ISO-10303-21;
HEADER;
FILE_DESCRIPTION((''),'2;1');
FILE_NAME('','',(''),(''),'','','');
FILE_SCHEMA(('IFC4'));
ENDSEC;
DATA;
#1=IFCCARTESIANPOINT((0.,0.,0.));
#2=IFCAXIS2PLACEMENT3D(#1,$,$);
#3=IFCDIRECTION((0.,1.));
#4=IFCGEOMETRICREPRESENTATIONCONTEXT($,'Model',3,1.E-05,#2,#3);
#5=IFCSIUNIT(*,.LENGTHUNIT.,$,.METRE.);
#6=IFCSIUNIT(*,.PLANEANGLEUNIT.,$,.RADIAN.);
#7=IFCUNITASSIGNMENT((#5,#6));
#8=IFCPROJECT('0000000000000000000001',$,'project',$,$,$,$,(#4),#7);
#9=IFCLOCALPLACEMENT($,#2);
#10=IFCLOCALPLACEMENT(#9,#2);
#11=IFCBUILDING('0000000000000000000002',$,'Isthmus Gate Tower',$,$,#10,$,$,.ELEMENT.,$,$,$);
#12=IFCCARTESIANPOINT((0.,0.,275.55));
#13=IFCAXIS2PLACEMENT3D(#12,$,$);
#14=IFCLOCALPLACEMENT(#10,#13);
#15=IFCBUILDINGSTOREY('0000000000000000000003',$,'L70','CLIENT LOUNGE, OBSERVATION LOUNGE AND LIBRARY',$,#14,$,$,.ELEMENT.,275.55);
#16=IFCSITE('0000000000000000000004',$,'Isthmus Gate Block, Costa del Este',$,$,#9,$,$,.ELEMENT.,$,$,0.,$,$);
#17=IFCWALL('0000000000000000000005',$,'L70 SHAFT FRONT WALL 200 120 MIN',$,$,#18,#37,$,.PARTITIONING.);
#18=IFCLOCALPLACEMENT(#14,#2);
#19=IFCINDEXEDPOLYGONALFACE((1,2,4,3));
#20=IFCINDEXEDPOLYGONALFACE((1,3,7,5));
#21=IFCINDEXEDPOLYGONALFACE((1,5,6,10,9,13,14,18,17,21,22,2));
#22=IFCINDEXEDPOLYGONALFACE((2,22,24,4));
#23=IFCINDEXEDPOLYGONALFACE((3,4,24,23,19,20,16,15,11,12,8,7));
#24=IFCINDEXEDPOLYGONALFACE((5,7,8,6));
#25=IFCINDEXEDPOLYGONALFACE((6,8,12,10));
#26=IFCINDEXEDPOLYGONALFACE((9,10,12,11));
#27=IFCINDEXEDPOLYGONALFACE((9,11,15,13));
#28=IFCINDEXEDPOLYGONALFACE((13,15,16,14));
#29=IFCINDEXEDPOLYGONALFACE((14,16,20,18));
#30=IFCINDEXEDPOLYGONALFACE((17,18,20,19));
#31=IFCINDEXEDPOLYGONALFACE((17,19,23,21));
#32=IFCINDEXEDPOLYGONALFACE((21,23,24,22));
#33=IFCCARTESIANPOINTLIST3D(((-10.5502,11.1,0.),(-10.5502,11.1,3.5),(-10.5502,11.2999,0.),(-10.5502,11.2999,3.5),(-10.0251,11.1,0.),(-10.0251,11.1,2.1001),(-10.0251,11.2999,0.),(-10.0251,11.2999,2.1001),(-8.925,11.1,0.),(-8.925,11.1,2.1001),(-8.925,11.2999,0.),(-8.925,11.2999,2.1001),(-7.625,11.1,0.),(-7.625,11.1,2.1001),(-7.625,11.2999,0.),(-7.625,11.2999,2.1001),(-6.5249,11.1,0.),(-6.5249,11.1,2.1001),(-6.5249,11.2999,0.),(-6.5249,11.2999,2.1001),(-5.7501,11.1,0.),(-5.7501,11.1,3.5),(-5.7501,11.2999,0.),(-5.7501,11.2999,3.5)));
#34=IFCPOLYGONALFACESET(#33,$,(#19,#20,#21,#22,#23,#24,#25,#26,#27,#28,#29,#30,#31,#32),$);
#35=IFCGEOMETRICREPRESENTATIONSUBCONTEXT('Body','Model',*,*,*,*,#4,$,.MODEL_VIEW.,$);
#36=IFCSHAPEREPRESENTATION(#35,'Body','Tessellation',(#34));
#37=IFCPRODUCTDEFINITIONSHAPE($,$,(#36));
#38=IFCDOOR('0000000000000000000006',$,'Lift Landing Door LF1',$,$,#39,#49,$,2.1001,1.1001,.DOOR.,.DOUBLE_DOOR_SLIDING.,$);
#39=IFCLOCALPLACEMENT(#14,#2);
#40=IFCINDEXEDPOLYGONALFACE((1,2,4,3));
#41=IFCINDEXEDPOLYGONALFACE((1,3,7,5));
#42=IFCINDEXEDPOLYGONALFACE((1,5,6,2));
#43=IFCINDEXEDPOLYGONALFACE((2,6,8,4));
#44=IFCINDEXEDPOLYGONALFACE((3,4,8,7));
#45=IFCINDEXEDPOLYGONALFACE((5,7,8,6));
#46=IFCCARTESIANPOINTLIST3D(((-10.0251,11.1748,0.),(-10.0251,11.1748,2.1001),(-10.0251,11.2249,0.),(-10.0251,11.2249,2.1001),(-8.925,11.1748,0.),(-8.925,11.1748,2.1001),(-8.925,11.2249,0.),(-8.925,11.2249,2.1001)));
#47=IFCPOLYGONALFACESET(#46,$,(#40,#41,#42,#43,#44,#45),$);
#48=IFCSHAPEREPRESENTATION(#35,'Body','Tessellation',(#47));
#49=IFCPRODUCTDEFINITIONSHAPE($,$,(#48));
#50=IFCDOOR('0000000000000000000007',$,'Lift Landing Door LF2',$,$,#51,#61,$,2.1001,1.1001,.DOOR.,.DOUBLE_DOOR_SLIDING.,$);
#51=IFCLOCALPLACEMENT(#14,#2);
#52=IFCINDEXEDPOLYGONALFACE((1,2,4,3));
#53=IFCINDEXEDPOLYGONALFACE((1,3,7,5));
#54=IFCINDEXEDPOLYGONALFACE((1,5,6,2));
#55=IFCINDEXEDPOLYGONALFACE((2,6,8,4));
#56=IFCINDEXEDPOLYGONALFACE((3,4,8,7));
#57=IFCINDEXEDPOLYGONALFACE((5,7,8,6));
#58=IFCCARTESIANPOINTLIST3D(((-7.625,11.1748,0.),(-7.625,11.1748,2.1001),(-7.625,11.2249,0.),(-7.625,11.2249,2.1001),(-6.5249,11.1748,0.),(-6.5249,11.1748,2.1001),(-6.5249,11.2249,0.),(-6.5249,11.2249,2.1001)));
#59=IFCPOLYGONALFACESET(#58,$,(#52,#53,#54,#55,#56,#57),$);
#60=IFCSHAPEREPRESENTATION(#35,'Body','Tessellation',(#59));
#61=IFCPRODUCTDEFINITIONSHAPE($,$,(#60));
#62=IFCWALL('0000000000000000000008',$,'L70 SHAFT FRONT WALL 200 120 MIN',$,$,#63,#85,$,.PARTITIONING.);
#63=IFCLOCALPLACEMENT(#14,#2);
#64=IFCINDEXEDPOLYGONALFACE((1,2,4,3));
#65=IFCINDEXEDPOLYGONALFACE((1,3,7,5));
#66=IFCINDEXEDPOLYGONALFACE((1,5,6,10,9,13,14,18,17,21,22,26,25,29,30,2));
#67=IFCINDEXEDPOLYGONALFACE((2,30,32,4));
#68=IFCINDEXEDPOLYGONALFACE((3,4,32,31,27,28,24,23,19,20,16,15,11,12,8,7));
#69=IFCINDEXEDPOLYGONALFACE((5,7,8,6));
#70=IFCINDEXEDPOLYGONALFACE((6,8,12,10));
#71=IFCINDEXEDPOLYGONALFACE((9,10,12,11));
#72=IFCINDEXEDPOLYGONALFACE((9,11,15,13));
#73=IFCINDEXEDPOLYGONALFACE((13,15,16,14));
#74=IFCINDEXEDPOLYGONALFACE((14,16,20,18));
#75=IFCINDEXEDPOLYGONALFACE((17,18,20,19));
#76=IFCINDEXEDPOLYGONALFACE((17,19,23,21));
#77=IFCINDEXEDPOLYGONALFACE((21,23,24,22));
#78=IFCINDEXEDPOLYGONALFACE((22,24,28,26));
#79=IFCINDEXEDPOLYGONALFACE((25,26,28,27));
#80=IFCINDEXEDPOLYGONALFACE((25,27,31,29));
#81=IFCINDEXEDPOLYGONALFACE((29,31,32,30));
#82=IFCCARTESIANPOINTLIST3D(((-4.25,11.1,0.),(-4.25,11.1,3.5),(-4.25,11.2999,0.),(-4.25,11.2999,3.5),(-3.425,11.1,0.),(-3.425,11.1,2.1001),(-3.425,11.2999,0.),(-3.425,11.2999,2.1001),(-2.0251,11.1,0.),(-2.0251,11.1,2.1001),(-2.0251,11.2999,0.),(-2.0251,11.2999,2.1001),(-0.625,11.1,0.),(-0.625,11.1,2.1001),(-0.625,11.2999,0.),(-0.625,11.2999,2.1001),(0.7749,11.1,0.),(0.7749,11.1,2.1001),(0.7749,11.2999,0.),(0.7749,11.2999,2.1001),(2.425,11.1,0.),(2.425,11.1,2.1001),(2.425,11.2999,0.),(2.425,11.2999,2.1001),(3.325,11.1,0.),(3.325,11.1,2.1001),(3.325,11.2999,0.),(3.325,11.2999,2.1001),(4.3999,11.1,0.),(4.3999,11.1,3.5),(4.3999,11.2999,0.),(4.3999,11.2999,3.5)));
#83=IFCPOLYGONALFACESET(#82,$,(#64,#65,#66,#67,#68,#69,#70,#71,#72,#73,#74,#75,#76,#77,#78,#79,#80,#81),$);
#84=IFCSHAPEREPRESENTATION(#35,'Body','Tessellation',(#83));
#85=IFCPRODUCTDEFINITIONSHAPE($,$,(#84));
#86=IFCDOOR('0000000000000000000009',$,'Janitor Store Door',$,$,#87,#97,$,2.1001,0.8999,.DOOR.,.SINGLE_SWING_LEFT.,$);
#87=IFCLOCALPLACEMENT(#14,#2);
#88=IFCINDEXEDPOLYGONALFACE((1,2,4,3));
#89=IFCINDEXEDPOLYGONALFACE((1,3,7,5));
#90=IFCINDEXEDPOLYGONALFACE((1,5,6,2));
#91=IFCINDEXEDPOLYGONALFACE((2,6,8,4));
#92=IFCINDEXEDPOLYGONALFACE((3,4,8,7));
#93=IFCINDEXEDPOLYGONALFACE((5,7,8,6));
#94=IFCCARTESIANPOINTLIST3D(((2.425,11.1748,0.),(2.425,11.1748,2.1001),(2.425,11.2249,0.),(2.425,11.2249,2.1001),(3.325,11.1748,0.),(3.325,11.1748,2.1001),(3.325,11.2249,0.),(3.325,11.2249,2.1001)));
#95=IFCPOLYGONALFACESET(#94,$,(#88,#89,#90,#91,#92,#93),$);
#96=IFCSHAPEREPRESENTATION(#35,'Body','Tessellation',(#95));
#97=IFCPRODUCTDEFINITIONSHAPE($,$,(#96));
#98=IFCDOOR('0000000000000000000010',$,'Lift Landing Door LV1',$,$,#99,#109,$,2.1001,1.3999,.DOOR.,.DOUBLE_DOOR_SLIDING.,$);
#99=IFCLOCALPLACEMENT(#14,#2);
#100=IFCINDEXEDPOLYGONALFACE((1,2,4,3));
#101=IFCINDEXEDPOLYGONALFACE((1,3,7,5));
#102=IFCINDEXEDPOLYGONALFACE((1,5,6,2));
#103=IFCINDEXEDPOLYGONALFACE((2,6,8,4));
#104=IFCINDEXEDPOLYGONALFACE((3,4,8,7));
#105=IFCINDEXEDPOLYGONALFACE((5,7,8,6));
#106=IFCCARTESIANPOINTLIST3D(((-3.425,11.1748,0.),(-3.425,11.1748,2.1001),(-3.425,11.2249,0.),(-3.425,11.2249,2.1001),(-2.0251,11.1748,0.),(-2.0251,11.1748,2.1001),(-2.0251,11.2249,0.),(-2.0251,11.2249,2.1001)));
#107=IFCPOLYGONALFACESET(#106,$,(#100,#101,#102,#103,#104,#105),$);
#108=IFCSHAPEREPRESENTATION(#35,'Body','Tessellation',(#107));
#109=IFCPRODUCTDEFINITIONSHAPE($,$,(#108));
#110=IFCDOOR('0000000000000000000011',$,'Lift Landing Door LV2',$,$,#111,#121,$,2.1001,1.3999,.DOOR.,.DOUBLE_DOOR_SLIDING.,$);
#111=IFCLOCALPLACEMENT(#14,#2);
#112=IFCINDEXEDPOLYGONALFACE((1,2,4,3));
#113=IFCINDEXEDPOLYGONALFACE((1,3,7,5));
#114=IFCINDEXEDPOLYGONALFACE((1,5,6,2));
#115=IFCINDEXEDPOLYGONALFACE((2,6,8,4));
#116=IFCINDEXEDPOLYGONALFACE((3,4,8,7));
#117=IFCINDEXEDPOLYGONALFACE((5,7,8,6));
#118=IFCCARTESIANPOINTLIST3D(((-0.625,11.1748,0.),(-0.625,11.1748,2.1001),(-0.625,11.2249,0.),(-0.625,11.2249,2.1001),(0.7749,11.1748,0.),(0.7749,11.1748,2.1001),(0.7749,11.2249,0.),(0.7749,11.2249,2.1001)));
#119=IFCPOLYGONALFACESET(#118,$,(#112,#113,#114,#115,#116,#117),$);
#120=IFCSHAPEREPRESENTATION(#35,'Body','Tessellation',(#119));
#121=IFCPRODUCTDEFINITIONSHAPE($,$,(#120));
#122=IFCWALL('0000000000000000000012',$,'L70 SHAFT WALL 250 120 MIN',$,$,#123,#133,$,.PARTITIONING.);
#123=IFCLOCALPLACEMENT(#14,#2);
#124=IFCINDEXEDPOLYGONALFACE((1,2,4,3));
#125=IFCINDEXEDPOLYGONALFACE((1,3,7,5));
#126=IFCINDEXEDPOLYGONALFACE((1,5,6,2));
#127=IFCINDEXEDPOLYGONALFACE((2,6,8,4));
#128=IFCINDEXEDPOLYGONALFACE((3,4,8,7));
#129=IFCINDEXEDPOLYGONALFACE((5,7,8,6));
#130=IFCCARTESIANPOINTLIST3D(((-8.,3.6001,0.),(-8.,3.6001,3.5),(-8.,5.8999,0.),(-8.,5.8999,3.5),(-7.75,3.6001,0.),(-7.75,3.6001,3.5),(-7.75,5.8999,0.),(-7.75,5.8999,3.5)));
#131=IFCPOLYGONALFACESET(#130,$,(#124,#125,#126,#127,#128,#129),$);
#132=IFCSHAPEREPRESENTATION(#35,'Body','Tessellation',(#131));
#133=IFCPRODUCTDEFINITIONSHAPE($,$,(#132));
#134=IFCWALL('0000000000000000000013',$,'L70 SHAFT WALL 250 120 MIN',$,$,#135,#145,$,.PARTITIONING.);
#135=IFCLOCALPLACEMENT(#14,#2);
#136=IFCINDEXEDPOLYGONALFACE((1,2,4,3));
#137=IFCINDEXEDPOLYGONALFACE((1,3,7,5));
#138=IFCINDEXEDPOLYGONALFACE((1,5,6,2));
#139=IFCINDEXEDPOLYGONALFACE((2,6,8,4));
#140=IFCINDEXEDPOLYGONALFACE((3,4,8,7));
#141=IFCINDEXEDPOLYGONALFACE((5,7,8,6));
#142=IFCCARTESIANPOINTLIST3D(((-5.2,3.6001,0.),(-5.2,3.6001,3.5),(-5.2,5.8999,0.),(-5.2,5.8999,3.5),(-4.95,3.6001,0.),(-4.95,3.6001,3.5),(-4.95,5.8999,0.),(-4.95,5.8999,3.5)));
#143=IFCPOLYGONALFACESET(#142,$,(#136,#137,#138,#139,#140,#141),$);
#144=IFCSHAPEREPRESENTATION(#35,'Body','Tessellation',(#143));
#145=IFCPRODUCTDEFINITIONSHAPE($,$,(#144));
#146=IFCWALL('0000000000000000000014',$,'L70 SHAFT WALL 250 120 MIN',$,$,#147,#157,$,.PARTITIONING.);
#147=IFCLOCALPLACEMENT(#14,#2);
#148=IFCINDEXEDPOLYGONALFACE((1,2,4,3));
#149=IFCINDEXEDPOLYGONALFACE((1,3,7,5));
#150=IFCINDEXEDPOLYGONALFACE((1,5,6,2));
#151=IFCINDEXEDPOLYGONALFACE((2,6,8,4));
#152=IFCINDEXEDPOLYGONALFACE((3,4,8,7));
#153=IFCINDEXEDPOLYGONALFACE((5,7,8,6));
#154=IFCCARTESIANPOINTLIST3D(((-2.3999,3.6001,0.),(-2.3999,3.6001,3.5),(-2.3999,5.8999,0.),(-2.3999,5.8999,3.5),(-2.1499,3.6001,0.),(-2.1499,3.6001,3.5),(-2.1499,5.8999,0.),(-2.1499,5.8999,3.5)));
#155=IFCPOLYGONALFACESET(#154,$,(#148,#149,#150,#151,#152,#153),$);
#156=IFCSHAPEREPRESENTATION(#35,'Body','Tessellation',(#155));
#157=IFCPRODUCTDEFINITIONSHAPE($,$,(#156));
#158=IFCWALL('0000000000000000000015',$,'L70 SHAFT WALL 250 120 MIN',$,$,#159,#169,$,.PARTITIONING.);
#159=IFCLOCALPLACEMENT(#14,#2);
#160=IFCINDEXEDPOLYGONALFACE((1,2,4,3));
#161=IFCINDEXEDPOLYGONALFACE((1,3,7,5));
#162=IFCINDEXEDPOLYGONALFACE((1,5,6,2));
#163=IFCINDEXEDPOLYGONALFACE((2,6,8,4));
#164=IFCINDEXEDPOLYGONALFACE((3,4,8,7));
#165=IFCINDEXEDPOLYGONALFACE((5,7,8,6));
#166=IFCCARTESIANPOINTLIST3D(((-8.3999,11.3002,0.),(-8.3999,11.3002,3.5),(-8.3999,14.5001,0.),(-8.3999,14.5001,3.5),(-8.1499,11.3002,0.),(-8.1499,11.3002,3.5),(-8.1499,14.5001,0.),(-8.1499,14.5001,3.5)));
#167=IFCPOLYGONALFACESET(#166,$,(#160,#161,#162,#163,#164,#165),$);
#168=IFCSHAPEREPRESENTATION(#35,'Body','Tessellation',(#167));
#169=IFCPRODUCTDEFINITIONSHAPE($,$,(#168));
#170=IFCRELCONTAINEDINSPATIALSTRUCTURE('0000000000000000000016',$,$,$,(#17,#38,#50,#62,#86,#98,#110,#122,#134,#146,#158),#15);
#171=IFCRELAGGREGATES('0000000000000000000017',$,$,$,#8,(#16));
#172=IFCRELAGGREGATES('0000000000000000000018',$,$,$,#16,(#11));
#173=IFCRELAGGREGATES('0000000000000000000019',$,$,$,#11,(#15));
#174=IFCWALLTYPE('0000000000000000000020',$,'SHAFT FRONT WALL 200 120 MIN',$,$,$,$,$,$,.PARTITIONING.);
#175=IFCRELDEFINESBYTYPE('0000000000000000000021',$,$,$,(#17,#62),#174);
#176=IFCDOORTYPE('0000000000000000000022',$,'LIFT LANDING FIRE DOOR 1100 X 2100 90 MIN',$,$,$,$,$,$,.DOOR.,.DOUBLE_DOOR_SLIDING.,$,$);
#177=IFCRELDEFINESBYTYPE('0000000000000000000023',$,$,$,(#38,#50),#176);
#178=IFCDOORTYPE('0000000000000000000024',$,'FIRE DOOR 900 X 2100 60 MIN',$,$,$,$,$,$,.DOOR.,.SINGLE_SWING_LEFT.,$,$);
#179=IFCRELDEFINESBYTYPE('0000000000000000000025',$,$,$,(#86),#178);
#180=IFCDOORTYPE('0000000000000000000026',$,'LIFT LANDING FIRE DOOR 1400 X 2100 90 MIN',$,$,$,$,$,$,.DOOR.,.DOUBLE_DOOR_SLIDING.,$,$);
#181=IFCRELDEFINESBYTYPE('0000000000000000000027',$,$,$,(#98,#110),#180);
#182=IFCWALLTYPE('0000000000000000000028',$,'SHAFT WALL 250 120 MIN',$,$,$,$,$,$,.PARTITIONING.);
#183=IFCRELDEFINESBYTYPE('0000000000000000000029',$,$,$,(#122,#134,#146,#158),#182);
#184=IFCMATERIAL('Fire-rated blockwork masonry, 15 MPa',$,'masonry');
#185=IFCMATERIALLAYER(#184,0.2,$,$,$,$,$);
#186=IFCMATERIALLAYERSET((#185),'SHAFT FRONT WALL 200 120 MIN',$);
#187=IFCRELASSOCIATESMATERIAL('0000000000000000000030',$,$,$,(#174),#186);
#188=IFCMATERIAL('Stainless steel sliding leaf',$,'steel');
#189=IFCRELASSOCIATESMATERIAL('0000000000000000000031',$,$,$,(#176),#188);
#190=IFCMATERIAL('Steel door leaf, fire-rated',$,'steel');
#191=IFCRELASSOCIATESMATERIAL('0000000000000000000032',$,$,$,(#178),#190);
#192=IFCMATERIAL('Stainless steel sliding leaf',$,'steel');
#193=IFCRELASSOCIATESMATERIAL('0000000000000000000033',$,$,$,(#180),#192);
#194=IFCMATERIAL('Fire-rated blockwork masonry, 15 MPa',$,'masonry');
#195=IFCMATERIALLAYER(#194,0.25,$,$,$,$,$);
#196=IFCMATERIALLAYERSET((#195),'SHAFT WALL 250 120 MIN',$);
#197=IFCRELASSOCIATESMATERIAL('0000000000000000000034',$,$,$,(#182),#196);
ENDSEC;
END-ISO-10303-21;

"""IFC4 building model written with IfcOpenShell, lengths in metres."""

from ifc_helpers import new_model, si_unit, direction, frame, frame_2d, origin, place, context, subcontext, project, spatial, rectangle, extrude, material, layer, layer_set, type_object, element, fill, save


model = new_model("IFC4")

# Units and contexts
model_context = context("Model", 3, precision=1e-05, world=origin(), true_north=direction((0.0, 1.0)))
body_context = subcontext(model_context, "Body", "Model", "MODEL_VIEW")
ifc_project = project(units=[si_unit("LENGTHUNIT", "METRE"), si_unit("PLANEANGLEUNIT", "RADIAN")], contexts=[model_context])

# Site, building, storey
site_placement = place(None, origin())
site = spatial("IfcSite", under=ifc_project, at=site_placement, Name="Isthmus Gate Block, Costa del Este", CompositionType="ELEMENT", RefElevation=0.0)
building_placement = place(site_placement, origin())
building = spatial("IfcBuilding", under=site, at=building_placement, Name="Isthmus Gate Tower", CompositionType="ELEMENT")
storey_placement = place(building_placement, frame((0.0, 0.0, 275.55)))
storey = spatial("IfcBuildingStorey", under=building, at=storey_placement, Name="L70", Description="CLIENT LOUNGE, OBSERVATION LOUNGE AND LIBRARY", CompositionType="ELEMENT", Elevation=275.55)

# Walls, openings, doors
ifc_material_1 = material(Name="Fire-rated blockwork masonry, 15 MPa", Category="masonry")
ifc_layer_1 = layer(ifc_material_1, 0.2)
ifc_layer_set_1 = layer_set([ifc_layer_1], Name="SHAFT FRONT WALL 200 120 MIN")
wall_type_1 = type_object("IfcWallType", Name="SHAFT FRONT WALL 200 120 MIN", PredefinedType="PARTITIONING", material=ifc_layer_set_1)
wall_1_placement = place(storey_placement, frame((-10.55, 11.2, 0.0), z_axis=(0.0, 0.0, 1.0), x_axis=(1.0, 0.0, 0.0)))
wall_1 = element("IfcWall", 1, at=wall_1_placement, inside=storey, type_object=wall_type_1, Name="L70 SHAFT FRONT WALL 200 120 MIN", PredefinedType="PARTITIONING", context=body_context, shape_type="SweptSolid", body=[
    extrude(rectangle(XDim=4.8, YDim=0.2, at=frame_2d((2.3999, 0.0))), origin(), (0.0, 0.0, 1.0), 3.5),
])
opening_1_placement = place(wall_1_placement, frame((0.5249, 0.0, 0.0)))
opening_1 = element("IfcOpeningElement", 2, at=opening_1_placement, cuts=wall_1, PredefinedType="OPENING", context=body_context, shape_type="SweptSolid", body=[
    extrude(rectangle(XDim=1.1001, YDim=2.1001, at=frame_2d((0.55, 1.05))), frame((0.0, 0.1099, 0.0), z_axis=(0.0, -1.0, 0.0), x_axis=(1.0, 0.0, 0.0)), (0.0, 0.0, 1.0), 0.22),
])
opening_2_placement = place(wall_1_placement, frame((2.925, 0.0, 0.0)))
opening_2 = element("IfcOpeningElement", 3, at=opening_2_placement, cuts=wall_1, PredefinedType="OPENING", context=body_context, shape_type="SweptSolid", body=[
    extrude(rectangle(XDim=1.1001, YDim=2.1001, at=frame_2d((0.55, 1.05))), frame((0.0, 0.1099, 0.0), z_axis=(0.0, -1.0, 0.0), x_axis=(1.0, 0.0, 0.0)), (0.0, 0.0, 1.0), 0.22),
])
ifc_material_2 = material(Name="Stainless steel sliding leaf", Category="steel")
door_type_1 = type_object("IfcDoorType", Name="LIFT LANDING FIRE DOOR 1100 X 2100 90 MIN", OperationType="DOUBLE_DOOR_SLIDING", PredefinedType="DOOR", material=ifc_material_2)
door_1_placement = place(opening_1_placement, origin())
door_1 = element("IfcDoor", 4, at=door_1_placement, inside=storey, type_object=door_type_1, Name="Lift Landing Door LF1", OperationType="DOUBLE_DOOR_SLIDING", OverallHeight=2.1001, OverallWidth=1.1001, PredefinedType="DOOR", context=body_context, shape_type="SweptSolid", body=[
    extrude(rectangle(XDim=1.1001, YDim=2.1001, at=frame_2d((0.55, 1.05))), frame((0.0, 0.0249, 0.0), z_axis=(0.0, -1.0, 0.0), x_axis=(1.0, 0.0, 0.0)), (0.0, 0.0, 1.0), 0.05),
])
fill(opening_1, door_1)
door_2_placement = place(opening_2_placement, origin())
door_2 = element("IfcDoor", 5, at=door_2_placement, inside=storey, type_object=door_type_1, Name="Lift Landing Door LF2", OperationType="DOUBLE_DOOR_SLIDING", OverallHeight=2.1001, OverallWidth=1.1001, PredefinedType="DOOR", context=body_context, shape_type="SweptSolid", body=[
    extrude(rectangle(XDim=1.1001, YDim=2.1001, at=frame_2d((0.55, 1.05))), frame((0.0, 0.0249, 0.0), z_axis=(0.0, -1.0, 0.0), x_axis=(1.0, 0.0, 0.0)), (0.0, 0.0, 1.0), 0.05),
])
fill(opening_2, door_2)
wall_2_placement = place(storey_placement, frame((-4.25, 11.2, 0.0), z_axis=(0.0, 0.0, 1.0), x_axis=(1.0, 0.0, 0.0)))
wall_2 = element("IfcWall", 6, at=wall_2_placement, inside=storey, type_object=wall_type_1, Name="L70 SHAFT FRONT WALL 200 120 MIN", PredefinedType="PARTITIONING", context=body_context, shape_type="SweptSolid", body=[
    extrude(rectangle(XDim=8.6499, YDim=0.2, at=frame_2d((4.325, 0.0))), origin(), (0.0, 0.0, 1.0), 3.5),
])
opening_3_placement = place(wall_2_placement, frame((0.825, 0.0, 0.0)))
opening_3 = element("IfcOpeningElement", 7, at=opening_3_placement, cuts=wall_2, PredefinedType="OPENING", context=body_context, shape_type="SweptSolid", body=[
    extrude(rectangle(XDim=1.3999, YDim=2.1001, at=frame_2d((0.7, 1.05))), frame((0.0, 0.1099, 0.0), z_axis=(0.0, -1.0, 0.0), x_axis=(1.0, 0.0, 0.0)), (0.0, 0.0, 1.0), 0.22),
])
opening_4_placement = place(wall_2_placement, frame((3.625, 0.0, 0.0)))
opening_4 = element("IfcOpeningElement", 8, at=opening_4_placement, cuts=wall_2, PredefinedType="OPENING", context=body_context, shape_type="SweptSolid", body=[
    extrude(rectangle(XDim=1.3999, YDim=2.1001, at=frame_2d((0.7, 1.05))), frame((0.0, 0.1099, 0.0), z_axis=(0.0, -1.0, 0.0), x_axis=(1.0, 0.0, 0.0)), (0.0, 0.0, 1.0), 0.22),
])
opening_5_placement = place(wall_2_placement, frame((6.675, 0.0, 0.0)))
opening_5 = element("IfcOpeningElement", 9, at=opening_5_placement, cuts=wall_2, PredefinedType="OPENING", context=body_context, shape_type="SweptSolid", body=[
    extrude(rectangle(XDim=0.8999, YDim=2.1001, at=frame_2d((0.45, 1.05))), frame((0.0, 0.1099, 0.0), z_axis=(0.0, -1.0, 0.0), x_axis=(1.0, 0.0, 0.0)), (0.0, 0.0, 1.0), 0.22),
])
ifc_material_3 = material(Name="Steel door leaf, fire-rated", Category="steel")
door_type_2 = type_object("IfcDoorType", Name="FIRE DOOR 900 X 2100 60 MIN", OperationType="SINGLE_SWING_LEFT", PredefinedType="DOOR", material=ifc_material_3)
door_3_placement = place(opening_5_placement, origin())
door_3 = element("IfcDoor", 10, at=door_3_placement, inside=storey, type_object=door_type_2, Name="Janitor Store Door", OperationType="SINGLE_SWING_LEFT", OverallHeight=2.1001, OverallWidth=0.8999, PredefinedType="DOOR", context=body_context, shape_type="SweptSolid", body=[
    extrude(rectangle(XDim=0.8999, YDim=2.1001, at=frame_2d((0.45, 1.05))), frame((0.0, 0.0249, 0.0), z_axis=(0.0, -1.0, 0.0), x_axis=(1.0, 0.0, 0.0)), (0.0, 0.0, 1.0), 0.05),
])
fill(opening_5, door_3)
ifc_material_4 = material(Name="Stainless steel sliding leaf", Category="steel")
door_type_3 = type_object("IfcDoorType", Name="LIFT LANDING FIRE DOOR 1400 X 2100 90 MIN", OperationType="DOUBLE_DOOR_SLIDING", PredefinedType="DOOR", material=ifc_material_4)
door_4_placement = place(opening_3_placement, origin())
door_4 = element("IfcDoor", 11, at=door_4_placement, inside=storey, type_object=door_type_3, Name="Lift Landing Door LV1", OperationType="DOUBLE_DOOR_SLIDING", OverallHeight=2.1001, OverallWidth=1.3999, PredefinedType="DOOR", context=body_context, shape_type="SweptSolid", body=[
    extrude(rectangle(XDim=1.3999, YDim=2.1001, at=frame_2d((0.7, 1.05))), frame((0.0, 0.0249, 0.0), z_axis=(0.0, -1.0, 0.0), x_axis=(1.0, 0.0, 0.0)), (0.0, 0.0, 1.0), 0.05),
])
fill(opening_3, door_4)
door_5_placement = place(opening_4_placement, origin())
door_5 = element("IfcDoor", 12, at=door_5_placement, inside=storey, type_object=door_type_3, Name="Lift Landing Door LV2", OperationType="DOUBLE_DOOR_SLIDING", OverallHeight=2.1001, OverallWidth=1.3999, PredefinedType="DOOR", context=body_context, shape_type="SweptSolid", body=[
    extrude(rectangle(XDim=1.3999, YDim=2.1001, at=frame_2d((0.7, 1.05))), frame((0.0, 0.0249, 0.0), z_axis=(0.0, -1.0, 0.0), x_axis=(1.0, 0.0, 0.0)), (0.0, 0.0, 1.0), 0.05),
])
fill(opening_4, door_5)

# Walls
ifc_material_5 = material(Name="Fire-rated blockwork masonry, 15 MPa", Category="masonry")
ifc_layer_2 = layer(ifc_material_5, 0.25)
ifc_layer_set_2 = layer_set([ifc_layer_2], Name="SHAFT WALL 250 120 MIN")
wall_type_2 = type_object("IfcWallType", Name="SHAFT WALL 250 120 MIN", PredefinedType="PARTITIONING", material=ifc_layer_set_2)
for number, where, z_axis, x_axis, name in (
    (13, (-7.875, 3.6001, 0.0), (0.0, 0.0, 1.0), (0.0, 1.0, 0.0), "L70 SHAFT WALL 250 120 MIN"),
    (14, (-5.075, 3.6001, 0.0), (0.0, 0.0, 1.0), (0.0, 1.0, 0.0), "L70 SHAFT WALL 250 120 MIN"),
    (15, (-2.2749, 3.6001, 0.0), (0.0, 0.0, 1.0), (0.0, 1.0, 0.0), "L70 SHAFT WALL 250 120 MIN"),
):
    element("IfcWall", number, at=place(storey_placement, frame(where, z_axis=z_axis, x_axis=x_axis)), inside=storey, type_object=wall_type_2, Name=name, PredefinedType="PARTITIONING", context=body_context, shape_type="SweptSolid", body=[
        extrude(rectangle(XDim=2.2998, YDim=0.25, at=frame_2d((1.1499, 0.0))), origin(), (0.0, 0.0, 1.0), 3.5),
    ])
for number, where, z_axis, x_axis, name in (
    (16, (-8.2749, 11.3, 0.0), (0.0, 0.0, 1.0), (0.0, 1.0, 0.0), "L70 SHAFT WALL 250 120 MIN"),
):
    element("IfcWall", number, at=place(storey_placement, frame(where, z_axis=z_axis, x_axis=x_axis)), inside=storey, type_object=wall_type_2, Name=name, PredefinedType="PARTITIONING", context=body_context, shape_type="SweptSolid", body=[
        extrude(rectangle(XDim=3.2, YDim=0.25, at=frame_2d((1.6001, 0.0))), origin(), (0.0, 0.0, 1.0), 3.5),
    ])

save(model, "model.ifc")
